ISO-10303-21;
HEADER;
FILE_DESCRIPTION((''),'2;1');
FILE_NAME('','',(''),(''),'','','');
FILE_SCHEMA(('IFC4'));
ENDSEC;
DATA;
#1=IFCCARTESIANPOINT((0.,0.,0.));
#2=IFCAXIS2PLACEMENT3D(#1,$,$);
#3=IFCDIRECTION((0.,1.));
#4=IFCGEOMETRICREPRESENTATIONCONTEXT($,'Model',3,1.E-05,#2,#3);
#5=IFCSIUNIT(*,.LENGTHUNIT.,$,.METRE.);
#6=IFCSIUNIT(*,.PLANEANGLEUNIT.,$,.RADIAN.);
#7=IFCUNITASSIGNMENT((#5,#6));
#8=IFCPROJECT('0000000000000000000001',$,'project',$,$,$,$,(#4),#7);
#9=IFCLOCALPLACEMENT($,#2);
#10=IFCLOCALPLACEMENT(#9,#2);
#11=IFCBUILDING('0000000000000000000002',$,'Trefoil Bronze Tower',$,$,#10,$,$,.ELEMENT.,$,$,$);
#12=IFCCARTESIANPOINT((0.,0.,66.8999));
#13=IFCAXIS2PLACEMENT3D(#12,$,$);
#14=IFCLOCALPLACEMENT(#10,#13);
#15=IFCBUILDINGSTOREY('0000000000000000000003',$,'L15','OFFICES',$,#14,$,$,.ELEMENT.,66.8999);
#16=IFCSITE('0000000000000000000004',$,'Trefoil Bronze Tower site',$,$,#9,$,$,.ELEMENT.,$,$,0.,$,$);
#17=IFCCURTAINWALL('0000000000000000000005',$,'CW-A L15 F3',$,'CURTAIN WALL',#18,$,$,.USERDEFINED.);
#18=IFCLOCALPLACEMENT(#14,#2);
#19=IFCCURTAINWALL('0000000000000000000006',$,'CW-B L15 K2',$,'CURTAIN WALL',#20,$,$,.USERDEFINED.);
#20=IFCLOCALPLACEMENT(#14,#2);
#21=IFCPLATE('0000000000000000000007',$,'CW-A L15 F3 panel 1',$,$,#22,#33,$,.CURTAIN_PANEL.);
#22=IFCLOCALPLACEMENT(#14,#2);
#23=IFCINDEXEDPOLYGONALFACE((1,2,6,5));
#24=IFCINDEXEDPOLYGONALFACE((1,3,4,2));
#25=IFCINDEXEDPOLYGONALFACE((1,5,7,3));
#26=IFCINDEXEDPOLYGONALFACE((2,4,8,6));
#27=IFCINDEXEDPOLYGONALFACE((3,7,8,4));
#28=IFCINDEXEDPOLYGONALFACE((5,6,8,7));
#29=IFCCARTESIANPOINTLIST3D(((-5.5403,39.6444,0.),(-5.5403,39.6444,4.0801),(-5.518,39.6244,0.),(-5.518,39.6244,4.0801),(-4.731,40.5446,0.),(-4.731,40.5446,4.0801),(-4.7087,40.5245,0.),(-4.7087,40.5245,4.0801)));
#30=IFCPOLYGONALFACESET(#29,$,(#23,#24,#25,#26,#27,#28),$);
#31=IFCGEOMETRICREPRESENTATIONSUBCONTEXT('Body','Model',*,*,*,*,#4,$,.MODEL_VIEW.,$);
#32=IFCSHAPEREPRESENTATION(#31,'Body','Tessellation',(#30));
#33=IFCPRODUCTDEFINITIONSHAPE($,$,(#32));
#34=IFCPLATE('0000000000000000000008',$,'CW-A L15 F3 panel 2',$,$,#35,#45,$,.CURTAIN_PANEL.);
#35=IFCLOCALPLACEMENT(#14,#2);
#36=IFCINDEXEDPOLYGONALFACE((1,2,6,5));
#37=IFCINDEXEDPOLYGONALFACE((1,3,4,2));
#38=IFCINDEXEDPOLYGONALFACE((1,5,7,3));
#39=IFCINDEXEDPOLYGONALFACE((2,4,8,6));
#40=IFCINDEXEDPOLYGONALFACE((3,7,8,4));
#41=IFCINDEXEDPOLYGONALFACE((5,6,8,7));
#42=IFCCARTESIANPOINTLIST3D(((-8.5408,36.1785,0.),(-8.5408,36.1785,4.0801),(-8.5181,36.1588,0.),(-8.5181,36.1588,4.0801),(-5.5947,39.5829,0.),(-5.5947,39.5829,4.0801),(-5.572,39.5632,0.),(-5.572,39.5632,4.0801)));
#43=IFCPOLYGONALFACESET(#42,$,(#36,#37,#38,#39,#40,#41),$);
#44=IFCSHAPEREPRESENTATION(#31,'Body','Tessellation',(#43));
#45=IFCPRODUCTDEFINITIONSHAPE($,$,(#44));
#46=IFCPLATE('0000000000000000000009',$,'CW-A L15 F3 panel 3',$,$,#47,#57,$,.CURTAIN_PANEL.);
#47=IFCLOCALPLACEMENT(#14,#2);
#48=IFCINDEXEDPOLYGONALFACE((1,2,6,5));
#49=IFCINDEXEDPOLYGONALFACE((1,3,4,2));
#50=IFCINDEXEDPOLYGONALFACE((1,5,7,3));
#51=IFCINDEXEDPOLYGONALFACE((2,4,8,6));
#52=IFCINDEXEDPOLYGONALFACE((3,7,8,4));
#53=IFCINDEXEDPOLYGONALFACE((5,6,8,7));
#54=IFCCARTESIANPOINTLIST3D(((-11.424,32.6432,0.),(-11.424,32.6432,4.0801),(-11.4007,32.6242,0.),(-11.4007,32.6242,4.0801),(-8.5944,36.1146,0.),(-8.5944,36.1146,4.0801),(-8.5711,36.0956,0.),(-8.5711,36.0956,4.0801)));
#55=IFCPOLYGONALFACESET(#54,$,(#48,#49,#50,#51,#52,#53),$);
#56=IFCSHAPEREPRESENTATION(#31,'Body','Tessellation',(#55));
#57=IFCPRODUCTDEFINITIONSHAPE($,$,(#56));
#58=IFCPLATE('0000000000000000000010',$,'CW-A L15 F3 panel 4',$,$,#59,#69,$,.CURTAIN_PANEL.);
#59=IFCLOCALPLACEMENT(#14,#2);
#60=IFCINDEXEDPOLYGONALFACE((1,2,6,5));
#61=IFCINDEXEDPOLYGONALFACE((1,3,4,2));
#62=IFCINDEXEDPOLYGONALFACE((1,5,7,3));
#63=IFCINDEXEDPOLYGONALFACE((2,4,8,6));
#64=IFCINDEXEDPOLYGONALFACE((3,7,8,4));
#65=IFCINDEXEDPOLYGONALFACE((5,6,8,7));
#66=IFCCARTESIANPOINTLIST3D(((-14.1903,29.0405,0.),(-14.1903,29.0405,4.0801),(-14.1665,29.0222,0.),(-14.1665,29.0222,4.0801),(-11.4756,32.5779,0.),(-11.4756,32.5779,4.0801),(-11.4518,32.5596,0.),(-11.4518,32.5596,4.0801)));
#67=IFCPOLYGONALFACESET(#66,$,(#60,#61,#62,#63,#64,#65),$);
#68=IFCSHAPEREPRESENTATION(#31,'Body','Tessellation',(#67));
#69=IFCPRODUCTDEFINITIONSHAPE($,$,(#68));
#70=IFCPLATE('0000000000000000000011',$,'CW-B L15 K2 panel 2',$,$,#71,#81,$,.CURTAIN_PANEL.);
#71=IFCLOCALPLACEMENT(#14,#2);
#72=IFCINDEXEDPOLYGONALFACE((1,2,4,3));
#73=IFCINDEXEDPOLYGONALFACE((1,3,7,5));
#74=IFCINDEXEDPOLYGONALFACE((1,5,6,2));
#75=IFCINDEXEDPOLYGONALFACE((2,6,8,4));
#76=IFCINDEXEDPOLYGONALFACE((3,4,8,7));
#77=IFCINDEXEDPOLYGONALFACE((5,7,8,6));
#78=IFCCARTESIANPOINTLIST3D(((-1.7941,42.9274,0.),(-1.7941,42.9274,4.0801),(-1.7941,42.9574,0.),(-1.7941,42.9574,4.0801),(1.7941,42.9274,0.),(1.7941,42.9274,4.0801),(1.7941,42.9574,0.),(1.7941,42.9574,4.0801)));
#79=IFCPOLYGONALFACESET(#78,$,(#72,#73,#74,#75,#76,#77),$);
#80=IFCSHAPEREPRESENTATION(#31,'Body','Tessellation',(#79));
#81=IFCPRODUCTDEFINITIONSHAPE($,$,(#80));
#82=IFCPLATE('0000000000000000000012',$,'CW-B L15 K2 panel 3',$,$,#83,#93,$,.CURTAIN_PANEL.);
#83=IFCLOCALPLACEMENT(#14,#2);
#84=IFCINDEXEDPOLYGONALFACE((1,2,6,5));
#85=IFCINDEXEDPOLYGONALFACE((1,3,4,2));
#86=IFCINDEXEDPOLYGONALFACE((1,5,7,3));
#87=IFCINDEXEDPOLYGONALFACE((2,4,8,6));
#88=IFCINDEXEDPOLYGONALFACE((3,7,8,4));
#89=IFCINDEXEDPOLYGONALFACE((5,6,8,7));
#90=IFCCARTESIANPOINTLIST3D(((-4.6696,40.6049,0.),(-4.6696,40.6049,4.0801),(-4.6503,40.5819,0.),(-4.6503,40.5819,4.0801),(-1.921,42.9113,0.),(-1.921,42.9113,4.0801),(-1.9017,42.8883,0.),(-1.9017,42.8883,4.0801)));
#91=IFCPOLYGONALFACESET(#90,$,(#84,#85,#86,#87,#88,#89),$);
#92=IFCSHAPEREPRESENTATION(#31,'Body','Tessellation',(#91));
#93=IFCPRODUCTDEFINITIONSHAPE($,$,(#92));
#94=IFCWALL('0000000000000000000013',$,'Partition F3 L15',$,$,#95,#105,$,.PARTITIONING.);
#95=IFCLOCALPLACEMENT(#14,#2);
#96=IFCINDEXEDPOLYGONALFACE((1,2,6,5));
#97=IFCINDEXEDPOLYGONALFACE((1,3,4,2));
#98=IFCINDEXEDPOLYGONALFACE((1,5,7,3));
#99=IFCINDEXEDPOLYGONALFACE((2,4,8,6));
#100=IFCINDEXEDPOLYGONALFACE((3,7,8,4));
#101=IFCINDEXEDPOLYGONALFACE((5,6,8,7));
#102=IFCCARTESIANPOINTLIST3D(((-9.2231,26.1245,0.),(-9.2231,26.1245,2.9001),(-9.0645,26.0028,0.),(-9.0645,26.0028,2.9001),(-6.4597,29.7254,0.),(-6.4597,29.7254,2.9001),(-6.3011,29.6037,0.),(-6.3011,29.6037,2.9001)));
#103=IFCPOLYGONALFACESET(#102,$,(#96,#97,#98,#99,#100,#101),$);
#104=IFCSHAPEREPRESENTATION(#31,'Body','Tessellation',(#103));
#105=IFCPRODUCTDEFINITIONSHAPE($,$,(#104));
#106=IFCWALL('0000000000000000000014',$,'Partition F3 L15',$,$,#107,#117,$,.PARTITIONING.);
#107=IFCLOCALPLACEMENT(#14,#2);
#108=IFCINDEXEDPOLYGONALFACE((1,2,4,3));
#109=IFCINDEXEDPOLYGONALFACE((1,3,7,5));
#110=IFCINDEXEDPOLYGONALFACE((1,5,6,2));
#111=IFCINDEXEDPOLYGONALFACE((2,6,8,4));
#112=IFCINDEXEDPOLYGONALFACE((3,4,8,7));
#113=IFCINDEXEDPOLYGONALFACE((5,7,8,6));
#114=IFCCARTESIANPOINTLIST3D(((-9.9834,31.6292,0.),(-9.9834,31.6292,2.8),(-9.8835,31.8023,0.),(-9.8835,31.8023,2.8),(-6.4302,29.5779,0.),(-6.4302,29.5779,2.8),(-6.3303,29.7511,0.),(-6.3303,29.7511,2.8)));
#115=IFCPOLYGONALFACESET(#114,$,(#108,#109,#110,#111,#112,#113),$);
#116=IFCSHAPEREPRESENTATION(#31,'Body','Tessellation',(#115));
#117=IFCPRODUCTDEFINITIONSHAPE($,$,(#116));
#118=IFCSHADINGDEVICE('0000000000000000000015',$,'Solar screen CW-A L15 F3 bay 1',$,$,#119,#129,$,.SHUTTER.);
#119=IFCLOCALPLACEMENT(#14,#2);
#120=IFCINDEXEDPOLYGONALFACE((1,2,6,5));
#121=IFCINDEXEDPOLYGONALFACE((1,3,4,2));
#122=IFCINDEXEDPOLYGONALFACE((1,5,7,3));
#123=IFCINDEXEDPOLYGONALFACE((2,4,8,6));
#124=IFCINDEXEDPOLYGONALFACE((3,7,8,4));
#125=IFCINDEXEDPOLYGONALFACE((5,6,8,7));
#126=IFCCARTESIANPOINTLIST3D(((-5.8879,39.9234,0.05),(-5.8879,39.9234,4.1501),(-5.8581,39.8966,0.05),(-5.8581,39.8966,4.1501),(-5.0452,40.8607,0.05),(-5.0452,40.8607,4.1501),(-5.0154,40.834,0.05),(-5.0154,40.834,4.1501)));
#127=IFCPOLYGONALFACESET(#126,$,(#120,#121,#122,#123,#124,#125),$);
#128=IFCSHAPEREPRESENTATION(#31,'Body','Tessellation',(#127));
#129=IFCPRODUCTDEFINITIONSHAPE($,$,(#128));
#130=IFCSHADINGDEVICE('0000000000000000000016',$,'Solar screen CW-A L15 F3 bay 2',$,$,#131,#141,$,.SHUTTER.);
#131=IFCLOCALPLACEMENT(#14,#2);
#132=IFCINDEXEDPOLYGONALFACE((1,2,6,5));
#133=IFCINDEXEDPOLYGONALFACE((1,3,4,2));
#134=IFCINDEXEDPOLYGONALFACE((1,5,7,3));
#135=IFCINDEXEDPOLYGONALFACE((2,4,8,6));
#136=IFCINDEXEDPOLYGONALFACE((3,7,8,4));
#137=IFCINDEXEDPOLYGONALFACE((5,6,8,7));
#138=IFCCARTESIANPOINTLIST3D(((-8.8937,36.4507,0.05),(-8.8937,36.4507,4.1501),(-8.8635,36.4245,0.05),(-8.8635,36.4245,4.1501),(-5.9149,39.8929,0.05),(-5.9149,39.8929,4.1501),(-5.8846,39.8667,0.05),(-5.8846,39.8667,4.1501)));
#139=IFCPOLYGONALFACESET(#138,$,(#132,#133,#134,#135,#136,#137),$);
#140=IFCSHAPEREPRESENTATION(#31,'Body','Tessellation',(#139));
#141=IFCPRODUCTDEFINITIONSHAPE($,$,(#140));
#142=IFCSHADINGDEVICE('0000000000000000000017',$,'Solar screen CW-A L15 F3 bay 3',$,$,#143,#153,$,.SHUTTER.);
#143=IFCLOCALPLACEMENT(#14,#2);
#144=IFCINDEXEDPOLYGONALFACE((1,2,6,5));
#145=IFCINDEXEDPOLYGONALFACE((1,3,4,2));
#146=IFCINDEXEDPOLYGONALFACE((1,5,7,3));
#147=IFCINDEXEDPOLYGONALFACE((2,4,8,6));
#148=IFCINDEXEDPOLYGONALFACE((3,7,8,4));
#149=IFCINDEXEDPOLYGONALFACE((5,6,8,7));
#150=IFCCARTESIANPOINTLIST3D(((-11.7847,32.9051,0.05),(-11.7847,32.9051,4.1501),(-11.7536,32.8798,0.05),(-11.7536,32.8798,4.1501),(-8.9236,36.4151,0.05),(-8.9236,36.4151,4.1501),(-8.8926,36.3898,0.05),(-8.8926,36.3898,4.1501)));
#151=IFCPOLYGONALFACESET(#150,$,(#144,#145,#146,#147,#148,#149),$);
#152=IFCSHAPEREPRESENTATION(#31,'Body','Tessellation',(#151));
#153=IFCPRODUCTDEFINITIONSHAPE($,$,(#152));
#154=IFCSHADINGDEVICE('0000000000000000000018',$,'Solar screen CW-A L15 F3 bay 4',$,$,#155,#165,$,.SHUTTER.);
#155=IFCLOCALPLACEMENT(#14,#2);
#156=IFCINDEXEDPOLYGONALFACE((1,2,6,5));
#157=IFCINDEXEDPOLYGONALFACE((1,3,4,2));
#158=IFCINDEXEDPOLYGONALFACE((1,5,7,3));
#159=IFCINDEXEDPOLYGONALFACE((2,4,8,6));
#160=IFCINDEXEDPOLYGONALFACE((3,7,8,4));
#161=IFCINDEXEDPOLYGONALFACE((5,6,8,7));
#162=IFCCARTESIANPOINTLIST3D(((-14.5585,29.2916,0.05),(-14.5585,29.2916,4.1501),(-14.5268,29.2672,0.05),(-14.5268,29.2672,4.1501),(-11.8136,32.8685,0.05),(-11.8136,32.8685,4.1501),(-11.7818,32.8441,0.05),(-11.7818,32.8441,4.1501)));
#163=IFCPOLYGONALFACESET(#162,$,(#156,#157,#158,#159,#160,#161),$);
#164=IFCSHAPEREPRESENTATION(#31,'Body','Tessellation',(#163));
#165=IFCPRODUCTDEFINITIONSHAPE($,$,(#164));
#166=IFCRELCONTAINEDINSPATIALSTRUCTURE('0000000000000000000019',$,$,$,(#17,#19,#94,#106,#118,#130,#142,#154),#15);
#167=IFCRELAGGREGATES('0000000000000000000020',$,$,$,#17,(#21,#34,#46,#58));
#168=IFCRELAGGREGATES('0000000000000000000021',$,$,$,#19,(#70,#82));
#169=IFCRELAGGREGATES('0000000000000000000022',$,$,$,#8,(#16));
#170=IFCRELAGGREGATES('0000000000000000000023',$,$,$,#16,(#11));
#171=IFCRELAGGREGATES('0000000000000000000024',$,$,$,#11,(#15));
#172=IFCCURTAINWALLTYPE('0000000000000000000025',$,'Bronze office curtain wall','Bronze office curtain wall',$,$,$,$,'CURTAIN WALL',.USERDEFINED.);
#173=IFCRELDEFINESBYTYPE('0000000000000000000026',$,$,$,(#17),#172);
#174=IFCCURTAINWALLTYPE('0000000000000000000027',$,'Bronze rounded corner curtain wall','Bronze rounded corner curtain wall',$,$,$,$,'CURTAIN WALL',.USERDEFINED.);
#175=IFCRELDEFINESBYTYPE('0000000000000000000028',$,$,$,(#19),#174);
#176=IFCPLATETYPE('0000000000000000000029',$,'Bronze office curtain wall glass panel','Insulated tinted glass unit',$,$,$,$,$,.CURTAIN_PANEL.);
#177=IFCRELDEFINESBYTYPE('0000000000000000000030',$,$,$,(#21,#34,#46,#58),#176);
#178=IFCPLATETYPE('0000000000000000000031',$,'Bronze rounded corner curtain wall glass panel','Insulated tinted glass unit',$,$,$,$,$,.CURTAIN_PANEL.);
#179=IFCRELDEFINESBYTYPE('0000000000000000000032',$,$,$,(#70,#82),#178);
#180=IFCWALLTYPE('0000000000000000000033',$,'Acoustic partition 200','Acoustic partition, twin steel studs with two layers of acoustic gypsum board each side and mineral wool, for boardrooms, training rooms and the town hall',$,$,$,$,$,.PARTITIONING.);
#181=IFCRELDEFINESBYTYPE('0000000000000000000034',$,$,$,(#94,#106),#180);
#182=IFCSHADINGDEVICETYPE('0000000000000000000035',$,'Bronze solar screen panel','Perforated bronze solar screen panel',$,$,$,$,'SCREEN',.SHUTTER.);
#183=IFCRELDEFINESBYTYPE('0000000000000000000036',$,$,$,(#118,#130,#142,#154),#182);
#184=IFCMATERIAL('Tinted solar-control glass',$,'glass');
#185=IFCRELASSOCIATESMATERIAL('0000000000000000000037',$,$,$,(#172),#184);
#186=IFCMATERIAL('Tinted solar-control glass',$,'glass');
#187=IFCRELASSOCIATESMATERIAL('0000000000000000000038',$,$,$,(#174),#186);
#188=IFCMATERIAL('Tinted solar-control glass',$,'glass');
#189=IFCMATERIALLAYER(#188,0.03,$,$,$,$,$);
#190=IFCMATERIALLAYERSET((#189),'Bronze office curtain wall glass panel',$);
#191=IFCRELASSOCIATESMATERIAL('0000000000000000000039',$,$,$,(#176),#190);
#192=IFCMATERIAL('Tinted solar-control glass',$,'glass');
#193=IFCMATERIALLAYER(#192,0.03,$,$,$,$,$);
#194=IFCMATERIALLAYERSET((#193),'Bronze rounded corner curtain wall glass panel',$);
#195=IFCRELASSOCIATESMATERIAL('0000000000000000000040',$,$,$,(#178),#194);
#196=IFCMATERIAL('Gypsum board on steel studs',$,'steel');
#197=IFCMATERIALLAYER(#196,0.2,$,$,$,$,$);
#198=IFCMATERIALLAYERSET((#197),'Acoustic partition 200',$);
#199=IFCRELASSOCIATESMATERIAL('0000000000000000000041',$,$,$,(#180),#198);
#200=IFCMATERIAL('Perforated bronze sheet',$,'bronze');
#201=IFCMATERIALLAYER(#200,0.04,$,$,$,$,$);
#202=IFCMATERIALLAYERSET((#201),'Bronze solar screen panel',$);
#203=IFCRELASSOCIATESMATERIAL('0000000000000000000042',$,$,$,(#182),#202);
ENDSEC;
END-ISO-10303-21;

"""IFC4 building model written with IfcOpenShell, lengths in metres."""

from ifc_helpers import new_model, si_unit, direction, frame, frame_2d, origin, origin_2d, place, context, subcontext, project, spatial, rectangle, extrude, material, layer, layer_set, type_object, element, aggregate, save


model = new_model("IFC4")

# Units and contexts
model_context = context("Model", 3, precision=1e-05, world=origin(), true_north=direction((0.0, 1.0)))
body_context = subcontext(model_context, "Body", "Model", "MODEL_VIEW")
ifc_project = project(units=[si_unit("LENGTHUNIT", "METRE"), si_unit("PLANEANGLEUNIT", "RADIAN")], contexts=[model_context])

# Site, building, storey
site_placement = place(None, origin())
site = spatial("IfcSite", under=ifc_project, at=site_placement, Name="Trefoil Bronze Tower site", CompositionType="ELEMENT", RefElevation=0.0)
building_placement = place(site_placement, origin())
building = spatial("IfcBuilding", under=site, at=building_placement, Name="Trefoil Bronze Tower", CompositionType="ELEMENT")
storey_placement = place(building_placement, frame((0.0, 0.0, 66.8999)))
storey = spatial("IfcBuildingStorey", under=building, at=storey_placement, Name="L15", Description="OFFICES", CompositionType="ELEMENT", Elevation=66.8999)

# Curtain walls
ifc_material_1 = material(Name="Tinted solar-control glass", Category="glass")
curtain_wall_type_1 = type_object("IfcCurtainWallType", Name="Bronze office curtain wall", Description="Bronze office curtain wall", ElementType="CURTAIN WALL", PredefinedType="USERDEFINED", material=ifc_material_1)
curtain_wall_1_placement = place(storey_placement, origin())
curtain_wall_1 = element("IfcCurtainWall", 1, at=curtain_wall_1_placement, inside=storey, type_object=curtain_wall_type_1, Name="CW-A L15 F3", ObjectType="CURTAIN WALL", PredefinedType="USERDEFINED")
ifc_material_2 = material(Name="Tinted solar-control glass", Category="glass")
curtain_wall_type_2 = type_object("IfcCurtainWallType", Name="Bronze rounded corner curtain wall", Description="Bronze rounded corner curtain wall", ElementType="CURTAIN WALL", PredefinedType="USERDEFINED", material=ifc_material_2)
curtain_wall_2_placement = place(storey_placement, origin())
curtain_wall_2 = element("IfcCurtainWall", 2, at=curtain_wall_2_placement, inside=storey, type_object=curtain_wall_type_2, Name="CW-B L15 K2", ObjectType="CURTAIN WALL", PredefinedType="USERDEFINED")

# Plates
ifc_material_3 = material(Name="Tinted solar-control glass", Category="glass")
ifc_layer_1 = layer(ifc_material_3, 0.03)
ifc_layer_set_1 = layer_set([ifc_layer_1], Name="Bronze office curtain wall glass panel")
plate_type_1 = type_object("IfcPlateType", Name="Bronze office curtain wall glass panel", Description="Insulated tinted glass unit", PredefinedType="CURTAIN_PANEL", material=ifc_layer_set_1)
plate_1_placement = place(storey_placement, frame((-5.1245, 40.0845, 0.0), z_axis=(0.0, 0.0, 1.0), x_axis=(-0.668575, -0.743645, 0.0)))
plate_1 = element("IfcPlate", 3, at=plate_1_placement, type_object=plate_type_1, Name="CW-A L15 F3 panel 1", PredefinedType="CURTAIN_PANEL", context=body_context, shape_type="SweptSolid", body=[
    extrude(rectangle(XDim=1.2104, YDim=0.03, at=origin_2d()), origin(), (0.0, 0.0, 1.0), 4.0801),
])
plate_2_placement = place(storey_placement, frame((-7.0564, 37.8708, 0.0), z_axis=(0.0, 0.0, 1.0), x_axis=(-0.654376, -0.756169, 0.0)))
plate_2 = element("IfcPlate", 4, at=plate_2_placement, type_object=plate_type_1, Name="CW-A L15 F3 panel 2", PredefinedType="CURTAIN_PANEL", context=body_context, shape_type="SweptSolid", body=[
    extrude(rectangle(XDim=4.5022, YDim=0.03, at=origin_2d()), origin(), (0.0, 0.0, 1.0), 4.0801),
])
plate_3_placement = place(storey_placement, frame((-9.9976, 34.3694, 0.0), z_axis=(0.0, 0.0, 1.0), x_axis=(-0.631811, -0.775123, 0.0)))
plate_3 = element("IfcPlate", 5, at=plate_3_placement, type_object=plate_type_1, Name="CW-A L15 F3 panel 3", PredefinedType="CURTAIN_PANEL", context=body_context, shape_type="SweptSolid", body=[
    extrude(rectangle(XDim=4.4785, YDim=0.03, at=origin_2d()), origin(), (0.0, 0.0, 1.0), 4.0801),
])
plate_4_placement = place(storey_placement, frame((-12.821, 30.8, 0.0), z_axis=(0.0, 0.0, 1.0), x_axis=(-0.608808, -0.793318, 0.0)))
plate_4 = element("IfcPlate", 6, at=plate_4_placement, type_object=plate_type_1, Name="CW-A L15 F3 panel 4", PredefinedType="CURTAIN_PANEL", context=body_context, shape_type="SweptSolid", body=[
    extrude(rectangle(XDim=4.459, YDim=0.03, at=origin_2d()), origin(), (0.0, 0.0, 1.0), 4.0801),
])
aggregate(curtain_wall_1, [plate_1, plate_2, plate_3, plate_4])
ifc_material_4 = material(Name="Tinted solar-control glass", Category="glass")
ifc_layer_2 = layer(ifc_material_4, 0.03)
ifc_layer_set_2 = layer_set([ifc_layer_2], Name="Bronze rounded corner curtain wall glass panel")
plate_type_2 = type_object("IfcPlateType", Name="Bronze rounded corner curtain wall glass panel", Description="Insulated tinted glass unit", PredefinedType="CURTAIN_PANEL", material=ifc_layer_set_2)
plate_5_placement = place(storey_placement, frame((0.0, 42.9424, 0.0), z_axis=(0.0, 0.0, 1.0), x_axis=(-1.0, 0.0, 0.0)))
plate_5 = element("IfcPlate", 7, at=plate_5_placement, type_object=plate_type_2, Name="CW-B L15 K2 panel 2", PredefinedType="CURTAIN_PANEL", context=body_context, shape_type="SweptSolid", body=[
    extrude(rectangle(XDim=3.5881, YDim=0.03, at=origin_2d()), origin(), (0.0, 0.0, 1.0), 4.0801),
])
plate_6_placement = place(storey_placement, frame((-3.2856, 41.7466, 0.0), z_axis=(0.0, 0.0, 1.0), x_axis=(-0.766044, -0.642788, 0.0)))
plate_6 = element("IfcPlate", 8, at=plate_6_placement, type_object=plate_type_2, Name="CW-B L15 K2 panel 3", PredefinedType="CURTAIN_PANEL", context=body_context, shape_type="SweptSolid", body=[
    extrude(rectangle(XDim=3.5881, YDim=0.03, at=origin_2d()), origin(), (0.0, 0.0, 1.0), 4.0801),
])
aggregate(curtain_wall_2, [plate_5, plate_6])

# Walls
ifc_material_5 = material(Name="Gypsum board on steel studs", Category="steel")
ifc_layer_3 = layer(ifc_material_5, 0.2)
ifc_layer_set_3 = layer_set([ifc_layer_3], Name="Acoustic partition 200")
wall_type = type_object("IfcWallType", Name="Acoustic partition 200", Description="Acoustic partition, twin steel studs with two layers of acoustic gypsum board each side and mineral wool, for boardrooms, training rooms and the town hall", PredefinedType="PARTITIONING", material=ifc_layer_set_3)
wall_1_placement = place(storey_placement, frame((-6.3804, 29.6646, 0.0), z_axis=(0.0, 0.0, 1.0), x_axis=(-0.608819, -0.793309, 0.0)))
element("IfcWall", 9, at=wall_1_placement, inside=storey, type_object=wall_type, Name="Partition F3 L15", PredefinedType="PARTITIONING", context=body_context, shape_type="SweptSolid", body=[
    extrude(rectangle(XDim=4.5391, YDim=0.2, at=frame_2d((2.2695, 0.0))), origin(), (0.0, 0.0, 1.0), 2.9001),
])
wall_2_placement = place(storey_placement, frame((-6.3804, 29.6646, 0.0), z_axis=(0.0, 0.0, 1.0), x_axis=(-0.866045, 0.499966, 0.0)))
element("IfcWall", 10, at=wall_2_placement, inside=storey, type_object=wall_type, Name="Partition F3 L15", PredefinedType="PARTITIONING", context=body_context, shape_type="SweptSolid", body=[
    extrude(rectangle(XDim=4.1028, YDim=0.2, at=frame_2d((2.0513, 0.0))), origin(), (0.0, 0.0, 1.0), 2.8),
])

# Shading devices
ifc_material_6 = material(Name="Perforated bronze sheet", Category="bronze")
ifc_layer_4 = layer(ifc_material_6, 0.04)
ifc_layer_set_4 = layer_set([ifc_layer_4], Name="Bronze solar screen panel")
shading_device_type = type_object("IfcShadingDeviceType", Name="Bronze solar screen panel", Description="Perforated bronze solar screen panel", ElementType="SCREEN", PredefinedType="SHUTTER", material=ifc_layer_set_4)
shading_device_1_placement = place(storey_placement, frame((-5.4517, 40.3787, 0.05), z_axis=(0.0, 0.0, 1.0), x_axis=(-0.668575, -0.743645, 0.0)))
element("IfcShadingDevice", 11, at=shading_device_1_placement, inside=storey, type_object=shading_device_type, Name="Solar screen CW-A L15 F3 bay 1", PredefinedType="SHUTTER", context=body_context, shape_type="SweptSolid", body=[
    extrude(rectangle(XDim=1.2605, YDim=0.04, at=origin_2d()), origin(), (0.0, 0.0, 1.0), 4.1001),
])
shading_device_2_placement = place(storey_placement, frame((-7.3892, 38.1587, 0.05), z_axis=(0.0, 0.0, 1.0), x_axis=(-0.654376, -0.756169, 0.0)))
element("IfcShadingDevice", 12, at=shading_device_2_placement, inside=storey, type_object=shading_device_type, Name="Solar screen CW-A L15 F3 bay 2", PredefinedType="SHUTTER", context=body_context, shape_type="SweptSolid", body=[
    extrude(rectangle(XDim=4.5522, YDim=0.04, at=origin_2d()), origin(), (0.0, 0.0, 1.0), 4.1001),
])
shading_device_3_placement = place(storey_placement, frame((-10.3386, 34.6475, 0.05), z_axis=(0.0, 0.0, 1.0), x_axis=(-0.631811, -0.775123, 0.0)))
element("IfcShadingDevice", 13, at=shading_device_3_placement, inside=storey, type_object=shading_device_type, Name="Solar screen CW-A L15 F3 bay 3", PredefinedType="SHUTTER", context=body_context, shape_type="SweptSolid", body=[
    extrude(rectangle(XDim=4.5283, YDim=0.04, at=origin_2d()), origin(), (0.0, 0.0, 1.0), 4.1001),
])
shading_device_4_placement = place(storey_placement, frame((-13.1702, 31.0679, 0.05), z_axis=(0.0, 0.0, 1.0), x_axis=(-0.608808, -0.793318, 0.0)))
element("IfcShadingDevice", 14, at=shading_device_4_placement, inside=storey, type_object=shading_device_type, Name="Solar screen CW-A L15 F3 bay 4", PredefinedType="SHUTTER", context=body_context, shape_type="SweptSolid", body=[
    extrude(rectangle(XDim=4.5088, YDim=0.04, at=origin_2d()), origin(), (0.0, 0.0, 1.0), 4.1001),
])

save(model, "model.ifc")
